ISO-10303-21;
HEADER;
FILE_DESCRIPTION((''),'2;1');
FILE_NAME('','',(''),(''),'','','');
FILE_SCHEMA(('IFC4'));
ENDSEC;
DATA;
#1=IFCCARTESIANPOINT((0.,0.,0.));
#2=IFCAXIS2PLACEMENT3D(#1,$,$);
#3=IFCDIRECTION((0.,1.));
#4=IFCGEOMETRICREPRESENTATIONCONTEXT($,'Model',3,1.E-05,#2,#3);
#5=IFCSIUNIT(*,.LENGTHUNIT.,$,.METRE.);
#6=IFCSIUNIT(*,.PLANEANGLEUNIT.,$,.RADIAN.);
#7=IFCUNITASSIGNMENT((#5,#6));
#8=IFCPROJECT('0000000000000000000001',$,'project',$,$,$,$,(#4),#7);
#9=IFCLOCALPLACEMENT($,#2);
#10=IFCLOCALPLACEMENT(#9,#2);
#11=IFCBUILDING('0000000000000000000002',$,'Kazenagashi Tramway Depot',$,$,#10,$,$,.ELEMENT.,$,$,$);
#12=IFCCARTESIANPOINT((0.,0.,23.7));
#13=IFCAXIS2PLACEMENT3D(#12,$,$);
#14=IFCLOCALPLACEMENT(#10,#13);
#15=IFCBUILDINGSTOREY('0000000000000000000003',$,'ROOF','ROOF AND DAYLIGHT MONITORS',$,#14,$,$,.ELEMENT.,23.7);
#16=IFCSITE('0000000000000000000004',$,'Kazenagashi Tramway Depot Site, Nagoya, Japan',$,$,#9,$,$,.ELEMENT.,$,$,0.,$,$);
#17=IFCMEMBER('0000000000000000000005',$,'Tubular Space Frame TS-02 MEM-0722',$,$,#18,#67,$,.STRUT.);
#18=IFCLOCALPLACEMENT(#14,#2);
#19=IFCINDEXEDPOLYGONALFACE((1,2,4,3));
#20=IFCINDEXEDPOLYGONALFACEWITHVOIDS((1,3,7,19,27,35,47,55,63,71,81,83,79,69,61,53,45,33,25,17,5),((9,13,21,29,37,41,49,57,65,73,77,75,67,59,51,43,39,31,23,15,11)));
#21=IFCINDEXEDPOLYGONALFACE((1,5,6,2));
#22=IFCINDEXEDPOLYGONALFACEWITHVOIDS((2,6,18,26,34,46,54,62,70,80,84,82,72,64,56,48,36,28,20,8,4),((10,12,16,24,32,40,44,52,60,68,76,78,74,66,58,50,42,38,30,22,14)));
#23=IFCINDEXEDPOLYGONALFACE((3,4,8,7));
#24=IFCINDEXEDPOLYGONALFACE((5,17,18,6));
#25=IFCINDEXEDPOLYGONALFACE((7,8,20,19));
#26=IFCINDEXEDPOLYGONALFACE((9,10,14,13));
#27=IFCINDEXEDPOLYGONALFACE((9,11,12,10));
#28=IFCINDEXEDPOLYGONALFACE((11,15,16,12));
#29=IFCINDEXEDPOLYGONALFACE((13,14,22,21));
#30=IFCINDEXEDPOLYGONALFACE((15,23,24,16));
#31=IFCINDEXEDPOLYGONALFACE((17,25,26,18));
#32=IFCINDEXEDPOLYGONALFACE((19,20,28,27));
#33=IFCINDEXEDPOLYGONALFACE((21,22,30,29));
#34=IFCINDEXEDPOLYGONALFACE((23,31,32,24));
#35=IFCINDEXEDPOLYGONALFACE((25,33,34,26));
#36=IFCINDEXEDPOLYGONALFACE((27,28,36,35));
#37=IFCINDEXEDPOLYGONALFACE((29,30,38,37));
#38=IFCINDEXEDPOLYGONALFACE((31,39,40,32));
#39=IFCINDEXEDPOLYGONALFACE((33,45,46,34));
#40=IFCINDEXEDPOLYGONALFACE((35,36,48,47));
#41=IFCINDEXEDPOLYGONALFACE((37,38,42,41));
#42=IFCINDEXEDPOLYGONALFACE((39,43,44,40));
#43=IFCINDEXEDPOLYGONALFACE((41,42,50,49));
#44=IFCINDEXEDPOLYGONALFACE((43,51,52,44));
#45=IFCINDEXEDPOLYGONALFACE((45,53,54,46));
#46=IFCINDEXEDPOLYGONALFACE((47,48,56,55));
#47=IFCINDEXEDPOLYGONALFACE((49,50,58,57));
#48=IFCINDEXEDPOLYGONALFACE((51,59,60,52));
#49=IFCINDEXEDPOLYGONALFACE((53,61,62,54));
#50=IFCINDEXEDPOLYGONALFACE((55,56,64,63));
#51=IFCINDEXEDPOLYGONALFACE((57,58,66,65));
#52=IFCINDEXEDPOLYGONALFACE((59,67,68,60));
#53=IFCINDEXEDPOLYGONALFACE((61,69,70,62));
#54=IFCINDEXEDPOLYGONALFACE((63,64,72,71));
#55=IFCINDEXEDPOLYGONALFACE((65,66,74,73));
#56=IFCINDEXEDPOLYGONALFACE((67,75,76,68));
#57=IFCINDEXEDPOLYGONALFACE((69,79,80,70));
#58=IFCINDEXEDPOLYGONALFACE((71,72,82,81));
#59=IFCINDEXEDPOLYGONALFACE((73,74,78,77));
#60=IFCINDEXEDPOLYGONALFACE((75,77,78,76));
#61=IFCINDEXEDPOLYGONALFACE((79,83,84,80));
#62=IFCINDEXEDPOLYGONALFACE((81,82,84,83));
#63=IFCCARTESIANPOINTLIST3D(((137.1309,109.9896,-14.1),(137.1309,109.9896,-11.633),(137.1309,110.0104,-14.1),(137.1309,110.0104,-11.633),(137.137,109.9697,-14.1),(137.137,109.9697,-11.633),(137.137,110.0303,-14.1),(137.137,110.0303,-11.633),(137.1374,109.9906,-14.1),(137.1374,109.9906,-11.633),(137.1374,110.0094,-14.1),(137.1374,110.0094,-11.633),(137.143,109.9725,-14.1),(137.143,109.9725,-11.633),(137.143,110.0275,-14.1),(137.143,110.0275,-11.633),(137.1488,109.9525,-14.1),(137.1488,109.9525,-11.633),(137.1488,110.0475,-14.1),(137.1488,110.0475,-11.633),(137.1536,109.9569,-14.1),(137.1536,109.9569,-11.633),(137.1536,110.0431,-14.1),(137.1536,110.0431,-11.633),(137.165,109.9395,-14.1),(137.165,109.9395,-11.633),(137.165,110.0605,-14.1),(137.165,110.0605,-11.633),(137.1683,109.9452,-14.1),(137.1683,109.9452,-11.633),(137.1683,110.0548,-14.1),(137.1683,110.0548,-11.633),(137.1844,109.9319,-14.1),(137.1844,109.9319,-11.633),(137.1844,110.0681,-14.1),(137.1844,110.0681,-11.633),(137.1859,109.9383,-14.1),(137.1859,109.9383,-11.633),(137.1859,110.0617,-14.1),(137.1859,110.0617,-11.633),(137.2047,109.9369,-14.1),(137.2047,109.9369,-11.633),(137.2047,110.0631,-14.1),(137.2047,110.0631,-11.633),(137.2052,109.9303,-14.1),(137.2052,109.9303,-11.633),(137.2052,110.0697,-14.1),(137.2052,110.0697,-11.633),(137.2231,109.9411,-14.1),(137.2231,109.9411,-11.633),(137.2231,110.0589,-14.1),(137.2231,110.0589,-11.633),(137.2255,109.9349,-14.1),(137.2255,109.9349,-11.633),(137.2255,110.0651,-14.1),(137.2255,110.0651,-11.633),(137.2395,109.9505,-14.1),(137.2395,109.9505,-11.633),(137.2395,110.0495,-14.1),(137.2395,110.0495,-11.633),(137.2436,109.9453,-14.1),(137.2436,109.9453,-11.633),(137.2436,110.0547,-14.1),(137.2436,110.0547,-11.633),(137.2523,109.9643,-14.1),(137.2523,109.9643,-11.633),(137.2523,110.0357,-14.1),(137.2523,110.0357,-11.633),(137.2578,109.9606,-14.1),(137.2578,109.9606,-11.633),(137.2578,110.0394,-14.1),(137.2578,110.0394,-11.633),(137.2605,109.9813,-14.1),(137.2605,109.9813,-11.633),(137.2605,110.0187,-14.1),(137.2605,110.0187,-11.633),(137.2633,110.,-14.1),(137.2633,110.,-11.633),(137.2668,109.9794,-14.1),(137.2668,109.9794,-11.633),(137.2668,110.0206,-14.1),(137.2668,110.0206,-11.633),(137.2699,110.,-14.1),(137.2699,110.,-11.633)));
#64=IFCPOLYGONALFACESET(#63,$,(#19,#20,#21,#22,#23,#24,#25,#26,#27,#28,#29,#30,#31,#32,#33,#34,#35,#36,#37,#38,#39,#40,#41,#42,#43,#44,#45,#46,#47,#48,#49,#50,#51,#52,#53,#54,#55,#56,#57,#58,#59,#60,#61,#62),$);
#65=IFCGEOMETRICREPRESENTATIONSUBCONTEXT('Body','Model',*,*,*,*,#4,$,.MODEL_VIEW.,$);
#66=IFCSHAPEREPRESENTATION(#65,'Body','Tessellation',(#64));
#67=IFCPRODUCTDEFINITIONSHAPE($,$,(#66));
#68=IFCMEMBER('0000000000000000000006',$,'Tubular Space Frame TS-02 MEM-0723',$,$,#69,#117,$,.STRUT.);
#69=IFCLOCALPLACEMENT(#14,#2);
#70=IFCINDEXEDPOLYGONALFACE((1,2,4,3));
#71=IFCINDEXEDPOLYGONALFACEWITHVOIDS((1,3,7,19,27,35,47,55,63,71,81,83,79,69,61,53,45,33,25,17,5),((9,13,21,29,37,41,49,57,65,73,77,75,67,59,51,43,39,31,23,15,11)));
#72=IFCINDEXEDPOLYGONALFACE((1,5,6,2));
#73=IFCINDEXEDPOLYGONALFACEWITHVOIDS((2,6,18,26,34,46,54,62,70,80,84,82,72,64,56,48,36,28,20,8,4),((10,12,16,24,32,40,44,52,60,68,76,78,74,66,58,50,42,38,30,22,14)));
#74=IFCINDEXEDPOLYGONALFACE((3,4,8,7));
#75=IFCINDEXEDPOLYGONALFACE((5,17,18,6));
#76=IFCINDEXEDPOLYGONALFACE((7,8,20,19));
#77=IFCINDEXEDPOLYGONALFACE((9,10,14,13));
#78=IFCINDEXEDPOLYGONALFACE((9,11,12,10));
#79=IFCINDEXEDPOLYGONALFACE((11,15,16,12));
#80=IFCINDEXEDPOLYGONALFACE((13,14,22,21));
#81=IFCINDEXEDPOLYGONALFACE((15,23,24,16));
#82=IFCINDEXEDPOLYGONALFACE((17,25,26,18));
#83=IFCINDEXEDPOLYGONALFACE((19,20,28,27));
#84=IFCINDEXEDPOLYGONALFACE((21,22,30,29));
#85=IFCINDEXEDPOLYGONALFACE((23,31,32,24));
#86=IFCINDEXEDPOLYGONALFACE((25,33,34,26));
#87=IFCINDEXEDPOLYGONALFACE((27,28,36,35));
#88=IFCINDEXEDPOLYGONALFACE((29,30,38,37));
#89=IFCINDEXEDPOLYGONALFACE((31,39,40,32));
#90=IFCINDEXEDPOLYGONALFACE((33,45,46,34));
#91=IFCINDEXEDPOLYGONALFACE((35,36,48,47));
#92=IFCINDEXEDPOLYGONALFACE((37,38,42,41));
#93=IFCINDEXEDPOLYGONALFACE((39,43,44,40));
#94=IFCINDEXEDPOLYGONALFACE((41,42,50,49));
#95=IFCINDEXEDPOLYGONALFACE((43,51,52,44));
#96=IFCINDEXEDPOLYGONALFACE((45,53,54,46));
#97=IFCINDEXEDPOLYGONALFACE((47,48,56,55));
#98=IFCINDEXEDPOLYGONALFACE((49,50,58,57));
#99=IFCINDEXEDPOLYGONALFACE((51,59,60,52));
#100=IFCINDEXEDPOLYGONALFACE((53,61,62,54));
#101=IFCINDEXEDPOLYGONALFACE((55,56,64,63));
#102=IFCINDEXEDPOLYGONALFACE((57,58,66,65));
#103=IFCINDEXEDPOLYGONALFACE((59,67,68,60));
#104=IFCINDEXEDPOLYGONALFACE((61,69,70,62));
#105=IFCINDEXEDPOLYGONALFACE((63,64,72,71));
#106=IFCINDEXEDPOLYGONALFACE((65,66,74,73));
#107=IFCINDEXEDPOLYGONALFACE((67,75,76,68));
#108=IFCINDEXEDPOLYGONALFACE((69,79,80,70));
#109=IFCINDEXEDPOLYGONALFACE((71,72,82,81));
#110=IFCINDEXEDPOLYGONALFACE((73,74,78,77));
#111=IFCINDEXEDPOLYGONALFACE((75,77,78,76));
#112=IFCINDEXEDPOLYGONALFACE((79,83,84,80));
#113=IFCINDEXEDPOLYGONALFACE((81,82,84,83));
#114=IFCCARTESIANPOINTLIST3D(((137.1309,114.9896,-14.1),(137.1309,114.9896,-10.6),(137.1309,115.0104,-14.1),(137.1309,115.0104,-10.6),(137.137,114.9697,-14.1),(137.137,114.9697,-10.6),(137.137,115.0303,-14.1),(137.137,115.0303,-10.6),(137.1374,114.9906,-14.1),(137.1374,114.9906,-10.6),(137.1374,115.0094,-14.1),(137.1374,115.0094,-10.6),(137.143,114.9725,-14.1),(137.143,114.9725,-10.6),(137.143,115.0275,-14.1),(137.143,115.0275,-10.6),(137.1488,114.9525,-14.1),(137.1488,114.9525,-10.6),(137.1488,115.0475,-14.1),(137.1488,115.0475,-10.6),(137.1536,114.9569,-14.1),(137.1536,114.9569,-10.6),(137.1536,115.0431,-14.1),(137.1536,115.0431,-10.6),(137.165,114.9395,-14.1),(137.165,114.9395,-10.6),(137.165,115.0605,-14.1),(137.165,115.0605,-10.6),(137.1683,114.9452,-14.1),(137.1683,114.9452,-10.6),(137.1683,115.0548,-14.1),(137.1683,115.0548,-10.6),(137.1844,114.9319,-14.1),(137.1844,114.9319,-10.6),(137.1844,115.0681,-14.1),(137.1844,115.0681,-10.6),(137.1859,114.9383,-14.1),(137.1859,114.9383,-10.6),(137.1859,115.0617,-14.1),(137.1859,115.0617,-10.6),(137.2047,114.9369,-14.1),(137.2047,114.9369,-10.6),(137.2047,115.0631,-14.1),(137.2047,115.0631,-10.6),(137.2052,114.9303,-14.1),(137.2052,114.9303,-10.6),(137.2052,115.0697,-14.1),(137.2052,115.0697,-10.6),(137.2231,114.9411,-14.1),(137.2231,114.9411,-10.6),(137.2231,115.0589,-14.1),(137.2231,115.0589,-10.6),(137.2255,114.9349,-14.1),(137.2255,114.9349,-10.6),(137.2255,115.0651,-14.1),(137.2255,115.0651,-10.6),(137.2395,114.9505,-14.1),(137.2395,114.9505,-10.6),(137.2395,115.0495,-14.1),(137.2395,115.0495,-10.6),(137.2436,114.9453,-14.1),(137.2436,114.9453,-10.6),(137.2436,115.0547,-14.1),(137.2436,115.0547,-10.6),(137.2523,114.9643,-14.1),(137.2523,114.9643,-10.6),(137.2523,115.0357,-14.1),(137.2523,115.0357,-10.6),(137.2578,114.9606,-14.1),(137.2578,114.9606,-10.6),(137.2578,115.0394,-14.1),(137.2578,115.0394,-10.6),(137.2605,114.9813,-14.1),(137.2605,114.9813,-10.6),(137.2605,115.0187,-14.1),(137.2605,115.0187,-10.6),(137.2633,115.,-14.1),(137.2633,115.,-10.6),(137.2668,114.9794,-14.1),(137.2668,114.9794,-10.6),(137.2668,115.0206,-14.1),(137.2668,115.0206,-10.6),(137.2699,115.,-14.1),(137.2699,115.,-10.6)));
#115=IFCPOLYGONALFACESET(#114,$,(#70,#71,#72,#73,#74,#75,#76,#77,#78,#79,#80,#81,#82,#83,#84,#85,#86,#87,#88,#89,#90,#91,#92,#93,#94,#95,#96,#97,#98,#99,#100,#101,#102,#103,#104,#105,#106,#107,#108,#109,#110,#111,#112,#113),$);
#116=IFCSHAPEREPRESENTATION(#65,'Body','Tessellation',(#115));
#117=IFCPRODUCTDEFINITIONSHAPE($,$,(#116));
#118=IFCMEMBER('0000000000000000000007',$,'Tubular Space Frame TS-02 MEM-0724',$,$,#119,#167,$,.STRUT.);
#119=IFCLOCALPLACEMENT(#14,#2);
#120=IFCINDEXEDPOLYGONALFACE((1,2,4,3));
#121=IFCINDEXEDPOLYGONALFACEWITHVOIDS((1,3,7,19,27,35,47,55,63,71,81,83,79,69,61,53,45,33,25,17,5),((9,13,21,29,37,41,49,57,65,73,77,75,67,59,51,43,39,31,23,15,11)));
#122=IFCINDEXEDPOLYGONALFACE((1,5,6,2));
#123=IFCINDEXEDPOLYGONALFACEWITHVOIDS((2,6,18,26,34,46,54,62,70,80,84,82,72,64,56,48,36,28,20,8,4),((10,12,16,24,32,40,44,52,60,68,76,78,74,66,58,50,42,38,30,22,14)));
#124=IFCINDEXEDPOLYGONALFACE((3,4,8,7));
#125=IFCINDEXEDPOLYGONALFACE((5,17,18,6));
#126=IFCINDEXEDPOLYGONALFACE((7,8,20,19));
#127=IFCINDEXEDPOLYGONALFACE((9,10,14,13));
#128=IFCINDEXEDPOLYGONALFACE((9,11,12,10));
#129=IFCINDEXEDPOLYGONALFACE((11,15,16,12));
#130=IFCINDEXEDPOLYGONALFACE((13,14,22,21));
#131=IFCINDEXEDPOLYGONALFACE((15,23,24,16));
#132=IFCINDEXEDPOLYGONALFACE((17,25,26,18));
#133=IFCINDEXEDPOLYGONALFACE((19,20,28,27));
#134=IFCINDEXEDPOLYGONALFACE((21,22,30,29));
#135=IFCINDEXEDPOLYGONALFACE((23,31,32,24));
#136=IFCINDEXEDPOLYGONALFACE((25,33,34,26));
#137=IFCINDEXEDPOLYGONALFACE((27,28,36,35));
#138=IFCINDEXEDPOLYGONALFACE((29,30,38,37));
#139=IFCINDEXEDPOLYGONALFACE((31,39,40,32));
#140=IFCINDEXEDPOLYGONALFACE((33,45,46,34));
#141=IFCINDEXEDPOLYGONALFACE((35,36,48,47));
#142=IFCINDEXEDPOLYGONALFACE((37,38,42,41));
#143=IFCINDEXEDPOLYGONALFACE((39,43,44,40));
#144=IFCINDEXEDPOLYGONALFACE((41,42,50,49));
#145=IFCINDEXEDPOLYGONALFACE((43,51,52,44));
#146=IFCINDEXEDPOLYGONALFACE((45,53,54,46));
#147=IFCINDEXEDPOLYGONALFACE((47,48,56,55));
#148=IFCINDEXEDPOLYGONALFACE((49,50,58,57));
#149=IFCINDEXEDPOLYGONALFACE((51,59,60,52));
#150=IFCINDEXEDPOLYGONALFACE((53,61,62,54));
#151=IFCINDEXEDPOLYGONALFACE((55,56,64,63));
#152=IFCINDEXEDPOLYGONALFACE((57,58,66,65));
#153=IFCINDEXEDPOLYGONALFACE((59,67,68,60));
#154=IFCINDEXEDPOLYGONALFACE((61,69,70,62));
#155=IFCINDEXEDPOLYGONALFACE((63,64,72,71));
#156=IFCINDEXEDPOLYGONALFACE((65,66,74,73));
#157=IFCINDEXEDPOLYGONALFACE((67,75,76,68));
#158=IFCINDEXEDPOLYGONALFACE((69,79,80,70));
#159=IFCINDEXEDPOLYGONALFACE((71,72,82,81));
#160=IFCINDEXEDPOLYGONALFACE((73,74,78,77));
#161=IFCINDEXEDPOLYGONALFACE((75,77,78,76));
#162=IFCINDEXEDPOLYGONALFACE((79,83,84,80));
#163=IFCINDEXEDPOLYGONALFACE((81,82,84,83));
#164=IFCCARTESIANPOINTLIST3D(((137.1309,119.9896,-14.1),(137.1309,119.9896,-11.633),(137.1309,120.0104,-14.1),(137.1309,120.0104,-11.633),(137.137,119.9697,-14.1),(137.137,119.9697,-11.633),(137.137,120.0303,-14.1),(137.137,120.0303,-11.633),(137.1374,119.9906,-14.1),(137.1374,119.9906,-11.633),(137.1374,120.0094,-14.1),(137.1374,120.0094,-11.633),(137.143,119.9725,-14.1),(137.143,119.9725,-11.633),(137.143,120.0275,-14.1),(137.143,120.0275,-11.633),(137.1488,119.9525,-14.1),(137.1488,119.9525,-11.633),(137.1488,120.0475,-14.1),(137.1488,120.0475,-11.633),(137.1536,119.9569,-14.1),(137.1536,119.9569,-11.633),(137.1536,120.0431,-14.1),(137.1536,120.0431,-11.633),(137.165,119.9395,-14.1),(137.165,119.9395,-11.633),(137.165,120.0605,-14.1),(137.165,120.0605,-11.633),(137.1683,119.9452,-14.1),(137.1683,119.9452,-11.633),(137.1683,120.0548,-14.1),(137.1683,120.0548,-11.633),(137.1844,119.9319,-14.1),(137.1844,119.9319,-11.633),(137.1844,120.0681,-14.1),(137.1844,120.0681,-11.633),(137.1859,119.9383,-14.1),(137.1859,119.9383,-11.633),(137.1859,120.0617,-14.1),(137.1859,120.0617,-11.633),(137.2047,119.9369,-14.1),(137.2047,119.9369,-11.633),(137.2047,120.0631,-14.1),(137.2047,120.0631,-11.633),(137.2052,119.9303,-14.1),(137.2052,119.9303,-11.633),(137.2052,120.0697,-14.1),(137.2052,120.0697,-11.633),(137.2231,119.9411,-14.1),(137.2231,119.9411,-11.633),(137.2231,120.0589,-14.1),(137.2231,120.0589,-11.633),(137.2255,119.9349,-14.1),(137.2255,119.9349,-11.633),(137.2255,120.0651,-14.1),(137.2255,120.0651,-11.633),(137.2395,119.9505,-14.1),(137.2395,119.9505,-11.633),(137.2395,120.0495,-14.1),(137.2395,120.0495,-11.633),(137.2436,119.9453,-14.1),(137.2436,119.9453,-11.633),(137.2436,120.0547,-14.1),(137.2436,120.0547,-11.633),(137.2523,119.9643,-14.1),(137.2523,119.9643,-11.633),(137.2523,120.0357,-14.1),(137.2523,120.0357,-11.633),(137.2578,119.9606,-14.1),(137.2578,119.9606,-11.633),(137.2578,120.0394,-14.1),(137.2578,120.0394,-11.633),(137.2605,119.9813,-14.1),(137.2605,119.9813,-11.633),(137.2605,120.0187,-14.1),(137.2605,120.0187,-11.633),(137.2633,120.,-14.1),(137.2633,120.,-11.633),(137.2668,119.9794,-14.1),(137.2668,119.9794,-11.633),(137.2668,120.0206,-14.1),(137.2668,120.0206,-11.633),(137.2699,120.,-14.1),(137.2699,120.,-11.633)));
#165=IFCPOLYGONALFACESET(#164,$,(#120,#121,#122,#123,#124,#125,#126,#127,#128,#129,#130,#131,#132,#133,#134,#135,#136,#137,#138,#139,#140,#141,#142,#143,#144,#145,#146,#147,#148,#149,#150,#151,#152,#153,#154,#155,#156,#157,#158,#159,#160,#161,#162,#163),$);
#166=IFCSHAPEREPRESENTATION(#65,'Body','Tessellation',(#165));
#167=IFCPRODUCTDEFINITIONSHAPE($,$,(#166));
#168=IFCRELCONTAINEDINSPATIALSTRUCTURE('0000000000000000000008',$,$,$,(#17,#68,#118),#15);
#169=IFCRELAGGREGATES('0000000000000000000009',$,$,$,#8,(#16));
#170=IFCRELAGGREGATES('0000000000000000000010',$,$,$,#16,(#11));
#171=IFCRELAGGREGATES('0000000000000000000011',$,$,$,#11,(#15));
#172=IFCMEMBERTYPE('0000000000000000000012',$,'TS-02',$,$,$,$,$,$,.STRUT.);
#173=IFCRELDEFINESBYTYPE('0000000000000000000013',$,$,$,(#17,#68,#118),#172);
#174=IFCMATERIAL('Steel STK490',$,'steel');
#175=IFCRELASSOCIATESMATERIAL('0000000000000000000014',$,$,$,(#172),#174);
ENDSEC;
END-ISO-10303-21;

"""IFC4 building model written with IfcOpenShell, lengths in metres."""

from ifc_helpers import new_model, si_unit, direction, frame, origin, origin_2d, place, context, subcontext, project, spatial, hollow_circle, extrude, material, material_profile, profile_set, type_object, element, save


model = new_model("IFC4")

# Units and contexts
model_context = context("Model", 3, precision=1e-05, world=origin(), true_north=direction((0.0, 1.0)))
body_context = subcontext(model_context, "Body", "Model", "MODEL_VIEW")
ifc_project = project(units=[si_unit("LENGTHUNIT", "METRE"), si_unit("PLANEANGLEUNIT", "RADIAN")], contexts=[model_context])

# Site, building, storey
site_placement = place(None, origin())
site = spatial("IfcSite", under=ifc_project, at=site_placement, Name="Kazenagashi Tramway Depot Site, Nagoya, Japan", CompositionType="ELEMENT", RefElevation=0.0)
building_placement = place(site_placement, origin())
building = spatial("IfcBuilding", under=site, at=building_placement, Name="Kazenagashi Tramway Depot", CompositionType="ELEMENT")
storey_placement = place(building_placement, frame((0.0, 0.0, 23.7)))
storey = spatial("IfcBuildingStorey", under=building, at=storey_placement, Name="ROOF", Description="ROOF AND DAYLIGHT MONITORS", CompositionType="ELEMENT", Elevation=23.7)

# Members
ifc_material_1 = material(Name="Steel STK490", Category="steel")
ifc_material_profile_1 = material_profile(ifc_material_1, hollow_circle(Radius=0.0699, WallThickness=0.0066, at=origin_2d()), Name="CHS-139.8x6.6")
ifc_profile_set_1 = profile_set([ifc_material_profile_1], Name="Steel STK490")
member_type_1 = type_object("IfcMemberType", Name="TS-02", PredefinedType="STRUT", material=ifc_profile_set_1)
member_1_placement = place(storey_placement, frame((137.2, 110.0, -14.1), z_axis=(0.0, 0.0, 1.0), x_axis=(1.0, 0.0, 0.0)))
element("IfcMember", 1, at=member_1_placement, inside=storey, type_object=member_type_1, Name="Tubular Space Frame TS-02 MEM-0722", PredefinedType="STRUT", context=body_context, shape_type="SweptSolid", body=[
    extrude(hollow_circle(Radius=0.0699, WallThickness=0.0066, at=origin_2d()), origin(), (0.0, 0.0, 1.0), 2.467),
])
member_2_placement = place(storey_placement, frame((137.2, 115.0, -14.1), z_axis=(0.0, 0.0, 1.0), x_axis=(1.0, 0.0, 0.0)))
element("IfcMember", 2, at=member_2_placement, inside=storey, type_object=member_type_1, Name="Tubular Space Frame TS-02 MEM-0723", PredefinedType="STRUT", context=body_context, shape_type="SweptSolid", body=[
    extrude(hollow_circle(Radius=0.0699, WallThickness=0.0066, at=origin_2d()), origin(), (0.0, 0.0, 1.0), 3.5),
])
member_3_placement = place(storey_placement, frame((137.2, 120.0, -14.1), z_axis=(0.0, 0.0, 1.0), x_axis=(1.0, 0.0, 0.0)))
element("IfcMember", 3, at=member_3_placement, inside=storey, type_object=member_type_1, Name="Tubular Space Frame TS-02 MEM-0724", PredefinedType="STRUT", context=body_context, shape_type="SweptSolid", body=[
    extrude(hollow_circle(Radius=0.0699, WallThickness=0.0066, at=origin_2d()), origin(), (0.0, 0.0, 1.0), 2.467),
])

save(model, "model.ifc")
